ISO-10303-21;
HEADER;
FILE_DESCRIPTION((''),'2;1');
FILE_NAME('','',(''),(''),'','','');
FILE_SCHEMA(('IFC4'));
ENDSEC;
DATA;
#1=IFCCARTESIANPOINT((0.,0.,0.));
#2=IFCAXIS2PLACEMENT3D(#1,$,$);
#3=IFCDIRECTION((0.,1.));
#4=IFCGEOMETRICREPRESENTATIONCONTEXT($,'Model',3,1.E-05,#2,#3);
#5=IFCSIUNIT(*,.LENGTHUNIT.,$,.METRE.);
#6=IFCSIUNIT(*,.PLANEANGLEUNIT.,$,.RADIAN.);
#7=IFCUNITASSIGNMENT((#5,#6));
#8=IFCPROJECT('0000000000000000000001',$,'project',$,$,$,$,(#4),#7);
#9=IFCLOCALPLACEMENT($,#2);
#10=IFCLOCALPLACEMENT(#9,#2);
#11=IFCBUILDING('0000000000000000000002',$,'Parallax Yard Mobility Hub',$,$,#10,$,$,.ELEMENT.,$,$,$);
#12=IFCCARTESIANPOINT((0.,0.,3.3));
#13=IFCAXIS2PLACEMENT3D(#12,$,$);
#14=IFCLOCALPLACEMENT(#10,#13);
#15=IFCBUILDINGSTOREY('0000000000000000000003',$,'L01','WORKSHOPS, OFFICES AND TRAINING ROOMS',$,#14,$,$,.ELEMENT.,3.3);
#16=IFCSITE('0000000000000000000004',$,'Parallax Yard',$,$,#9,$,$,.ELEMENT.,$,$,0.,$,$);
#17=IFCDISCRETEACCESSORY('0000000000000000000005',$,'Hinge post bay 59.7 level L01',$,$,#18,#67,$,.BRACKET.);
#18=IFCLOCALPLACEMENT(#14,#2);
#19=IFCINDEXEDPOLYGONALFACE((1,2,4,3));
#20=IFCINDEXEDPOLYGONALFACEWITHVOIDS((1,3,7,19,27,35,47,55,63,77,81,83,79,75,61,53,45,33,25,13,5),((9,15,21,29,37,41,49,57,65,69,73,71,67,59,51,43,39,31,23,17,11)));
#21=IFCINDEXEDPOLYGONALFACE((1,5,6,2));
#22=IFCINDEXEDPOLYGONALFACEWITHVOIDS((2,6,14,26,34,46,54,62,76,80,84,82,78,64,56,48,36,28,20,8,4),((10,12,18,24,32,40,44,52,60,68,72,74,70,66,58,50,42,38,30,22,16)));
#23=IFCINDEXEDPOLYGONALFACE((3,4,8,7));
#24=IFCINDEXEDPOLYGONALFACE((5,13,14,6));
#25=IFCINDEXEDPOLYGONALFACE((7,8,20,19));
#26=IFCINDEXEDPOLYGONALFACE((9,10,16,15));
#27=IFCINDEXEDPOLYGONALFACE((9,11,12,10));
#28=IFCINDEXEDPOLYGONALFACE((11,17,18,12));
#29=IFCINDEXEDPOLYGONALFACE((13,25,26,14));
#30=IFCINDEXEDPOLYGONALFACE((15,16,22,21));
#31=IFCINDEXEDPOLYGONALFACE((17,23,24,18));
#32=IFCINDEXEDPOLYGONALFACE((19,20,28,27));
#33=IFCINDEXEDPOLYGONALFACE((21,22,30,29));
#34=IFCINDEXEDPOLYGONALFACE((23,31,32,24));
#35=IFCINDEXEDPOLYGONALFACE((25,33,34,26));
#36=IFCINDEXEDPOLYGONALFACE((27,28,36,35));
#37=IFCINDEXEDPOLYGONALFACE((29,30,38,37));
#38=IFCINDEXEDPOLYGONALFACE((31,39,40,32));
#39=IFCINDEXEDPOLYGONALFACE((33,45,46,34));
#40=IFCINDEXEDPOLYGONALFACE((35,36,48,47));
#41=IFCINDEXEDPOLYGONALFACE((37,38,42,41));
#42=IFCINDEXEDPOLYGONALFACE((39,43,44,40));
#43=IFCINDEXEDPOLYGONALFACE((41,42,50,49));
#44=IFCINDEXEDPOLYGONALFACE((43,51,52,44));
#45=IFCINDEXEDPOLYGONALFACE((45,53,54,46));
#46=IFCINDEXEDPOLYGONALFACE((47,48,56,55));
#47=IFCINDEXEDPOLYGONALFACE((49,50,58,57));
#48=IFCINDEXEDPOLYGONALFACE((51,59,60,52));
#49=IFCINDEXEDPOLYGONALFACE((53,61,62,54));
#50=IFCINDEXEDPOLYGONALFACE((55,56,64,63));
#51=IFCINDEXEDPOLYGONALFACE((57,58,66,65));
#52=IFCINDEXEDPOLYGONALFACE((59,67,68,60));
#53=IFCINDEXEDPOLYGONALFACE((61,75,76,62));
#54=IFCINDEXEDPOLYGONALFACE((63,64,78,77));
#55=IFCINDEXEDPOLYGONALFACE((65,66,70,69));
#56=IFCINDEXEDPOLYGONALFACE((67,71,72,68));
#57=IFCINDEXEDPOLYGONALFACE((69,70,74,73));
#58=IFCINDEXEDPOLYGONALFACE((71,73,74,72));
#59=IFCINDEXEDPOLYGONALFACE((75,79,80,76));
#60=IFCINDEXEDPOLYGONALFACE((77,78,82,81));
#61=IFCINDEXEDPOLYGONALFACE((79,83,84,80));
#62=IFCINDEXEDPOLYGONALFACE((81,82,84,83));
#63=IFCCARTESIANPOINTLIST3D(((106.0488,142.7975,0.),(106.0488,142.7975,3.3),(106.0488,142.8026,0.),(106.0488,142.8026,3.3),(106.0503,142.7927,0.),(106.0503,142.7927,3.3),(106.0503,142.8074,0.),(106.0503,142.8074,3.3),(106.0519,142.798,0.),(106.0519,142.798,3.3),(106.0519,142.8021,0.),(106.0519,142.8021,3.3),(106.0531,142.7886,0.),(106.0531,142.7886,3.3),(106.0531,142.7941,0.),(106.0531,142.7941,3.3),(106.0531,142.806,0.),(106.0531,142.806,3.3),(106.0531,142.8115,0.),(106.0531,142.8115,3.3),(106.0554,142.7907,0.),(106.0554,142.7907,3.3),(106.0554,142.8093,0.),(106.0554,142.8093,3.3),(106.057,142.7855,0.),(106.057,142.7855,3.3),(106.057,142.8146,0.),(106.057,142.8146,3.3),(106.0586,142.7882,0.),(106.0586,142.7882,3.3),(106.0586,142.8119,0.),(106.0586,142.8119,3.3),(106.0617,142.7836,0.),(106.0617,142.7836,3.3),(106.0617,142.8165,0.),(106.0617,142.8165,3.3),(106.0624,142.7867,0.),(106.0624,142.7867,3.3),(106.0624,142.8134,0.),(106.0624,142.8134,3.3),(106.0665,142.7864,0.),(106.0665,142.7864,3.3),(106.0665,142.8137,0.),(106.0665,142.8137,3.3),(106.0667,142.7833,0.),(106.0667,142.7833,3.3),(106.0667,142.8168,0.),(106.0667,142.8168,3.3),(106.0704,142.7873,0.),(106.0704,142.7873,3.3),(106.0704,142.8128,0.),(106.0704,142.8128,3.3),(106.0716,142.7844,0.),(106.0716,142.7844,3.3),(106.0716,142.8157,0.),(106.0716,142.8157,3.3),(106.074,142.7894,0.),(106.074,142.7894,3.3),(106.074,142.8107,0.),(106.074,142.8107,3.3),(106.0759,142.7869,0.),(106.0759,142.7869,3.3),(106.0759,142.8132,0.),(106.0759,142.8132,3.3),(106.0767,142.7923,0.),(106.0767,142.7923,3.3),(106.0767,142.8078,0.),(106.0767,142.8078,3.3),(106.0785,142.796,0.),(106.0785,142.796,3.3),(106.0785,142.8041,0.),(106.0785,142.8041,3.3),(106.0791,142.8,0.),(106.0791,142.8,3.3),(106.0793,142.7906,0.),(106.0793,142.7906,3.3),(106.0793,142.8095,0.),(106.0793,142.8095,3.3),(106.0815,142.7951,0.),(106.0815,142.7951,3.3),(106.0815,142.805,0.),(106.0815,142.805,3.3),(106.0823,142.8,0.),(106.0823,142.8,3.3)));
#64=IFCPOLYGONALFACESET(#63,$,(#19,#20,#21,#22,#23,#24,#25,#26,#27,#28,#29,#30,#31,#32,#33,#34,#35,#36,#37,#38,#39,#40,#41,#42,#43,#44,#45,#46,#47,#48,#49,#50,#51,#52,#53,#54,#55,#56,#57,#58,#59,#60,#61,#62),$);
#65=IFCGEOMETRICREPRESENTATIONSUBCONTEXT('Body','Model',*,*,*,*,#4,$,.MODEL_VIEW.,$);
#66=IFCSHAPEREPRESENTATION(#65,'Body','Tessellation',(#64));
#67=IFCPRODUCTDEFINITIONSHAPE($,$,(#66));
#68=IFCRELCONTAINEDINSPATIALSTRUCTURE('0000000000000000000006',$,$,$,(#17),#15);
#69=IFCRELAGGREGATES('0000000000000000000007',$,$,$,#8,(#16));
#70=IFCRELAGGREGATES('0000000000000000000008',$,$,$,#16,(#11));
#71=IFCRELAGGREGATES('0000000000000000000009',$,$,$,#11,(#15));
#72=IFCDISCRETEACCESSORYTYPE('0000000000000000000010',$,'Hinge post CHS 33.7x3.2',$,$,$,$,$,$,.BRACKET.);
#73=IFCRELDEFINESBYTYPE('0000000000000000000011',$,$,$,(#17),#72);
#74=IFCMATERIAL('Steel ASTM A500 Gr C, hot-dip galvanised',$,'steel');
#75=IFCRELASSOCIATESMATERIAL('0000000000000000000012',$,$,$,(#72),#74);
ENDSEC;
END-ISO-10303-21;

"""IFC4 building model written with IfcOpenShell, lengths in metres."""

from ifc_helpers import new_model, si_unit, direction, frame, origin, origin_2d, place, context, subcontext, project, spatial, hollow_circle, extrude, material, material_profile, profile_set, type_object, element, save


model = new_model("IFC4")

# Units and contexts
model_context = context("Model", 3, precision=1e-05, world=origin(), true_north=direction((0.0, 1.0)))
body_context = subcontext(model_context, "Body", "Model", "MODEL_VIEW")
ifc_project = project(units=[si_unit("LENGTHUNIT", "METRE"), si_unit("PLANEANGLEUNIT", "RADIAN")], contexts=[model_context])

# Site, building, storey
site_placement = place(None, origin())
site = spatial("IfcSite", under=ifc_project, at=site_placement, Name="Parallax Yard", CompositionType="ELEMENT", RefElevation=0.0)
building_placement = place(site_placement, origin())
building = spatial("IfcBuilding", under=site, at=building_placement, Name="Parallax Yard Mobility Hub", CompositionType="ELEMENT")
storey_placement = place(building_placement, frame((0.0, 0.0, 3.3)))
storey = spatial("IfcBuildingStorey", under=building, at=storey_placement, Name="L01", Description="WORKSHOPS, OFFICES AND TRAINING ROOMS", CompositionType="ELEMENT", Elevation=3.3)

# Discrete accessory
ifc_material_1 = material(Name="Steel ASTM A500 Gr C, hot-dip galvanised", Category="steel")
ifc_material_profile = material_profile(ifc_material_1, hollow_circle(Radius=0.0168, WallThickness=0.0032, at=origin_2d()), Name="CHS 33.7x3.2")
ifc_profile_set = profile_set([ifc_material_profile], Name="Steel ASTM A500 Gr C, hot-dip galvanised")
discrete_accessory_type_1 = type_object("IfcDiscreteAccessoryType", Name="Hinge post CHS 33.7x3.2", PredefinedType="BRACKET", material=ifc_profile_set)
for number, where, z_axis, x_axis, name in (
    (1, (106.0654, 142.8, 0.0), (0.0, 0.0, 1.0), (1.0, 0.0, 0.0), "Hinge post bay 59.7 level L01"),
):
    element("IfcDiscreteAccessory", number, at=place(storey_placement, frame(where, z_axis=z_axis, x_axis=x_axis)), inside=storey, type_object=discrete_accessory_type_1, Name=name, PredefinedType="BRACKET", context=body_context, shape_type="SweptSolid", body=[
        extrude(hollow_circle(Radius=0.0168, WallThickness=0.0032, at=origin_2d()), origin(), (0.0, 0.0, 1.0), 3.3),
    ])

save(model, "model.ifc")
